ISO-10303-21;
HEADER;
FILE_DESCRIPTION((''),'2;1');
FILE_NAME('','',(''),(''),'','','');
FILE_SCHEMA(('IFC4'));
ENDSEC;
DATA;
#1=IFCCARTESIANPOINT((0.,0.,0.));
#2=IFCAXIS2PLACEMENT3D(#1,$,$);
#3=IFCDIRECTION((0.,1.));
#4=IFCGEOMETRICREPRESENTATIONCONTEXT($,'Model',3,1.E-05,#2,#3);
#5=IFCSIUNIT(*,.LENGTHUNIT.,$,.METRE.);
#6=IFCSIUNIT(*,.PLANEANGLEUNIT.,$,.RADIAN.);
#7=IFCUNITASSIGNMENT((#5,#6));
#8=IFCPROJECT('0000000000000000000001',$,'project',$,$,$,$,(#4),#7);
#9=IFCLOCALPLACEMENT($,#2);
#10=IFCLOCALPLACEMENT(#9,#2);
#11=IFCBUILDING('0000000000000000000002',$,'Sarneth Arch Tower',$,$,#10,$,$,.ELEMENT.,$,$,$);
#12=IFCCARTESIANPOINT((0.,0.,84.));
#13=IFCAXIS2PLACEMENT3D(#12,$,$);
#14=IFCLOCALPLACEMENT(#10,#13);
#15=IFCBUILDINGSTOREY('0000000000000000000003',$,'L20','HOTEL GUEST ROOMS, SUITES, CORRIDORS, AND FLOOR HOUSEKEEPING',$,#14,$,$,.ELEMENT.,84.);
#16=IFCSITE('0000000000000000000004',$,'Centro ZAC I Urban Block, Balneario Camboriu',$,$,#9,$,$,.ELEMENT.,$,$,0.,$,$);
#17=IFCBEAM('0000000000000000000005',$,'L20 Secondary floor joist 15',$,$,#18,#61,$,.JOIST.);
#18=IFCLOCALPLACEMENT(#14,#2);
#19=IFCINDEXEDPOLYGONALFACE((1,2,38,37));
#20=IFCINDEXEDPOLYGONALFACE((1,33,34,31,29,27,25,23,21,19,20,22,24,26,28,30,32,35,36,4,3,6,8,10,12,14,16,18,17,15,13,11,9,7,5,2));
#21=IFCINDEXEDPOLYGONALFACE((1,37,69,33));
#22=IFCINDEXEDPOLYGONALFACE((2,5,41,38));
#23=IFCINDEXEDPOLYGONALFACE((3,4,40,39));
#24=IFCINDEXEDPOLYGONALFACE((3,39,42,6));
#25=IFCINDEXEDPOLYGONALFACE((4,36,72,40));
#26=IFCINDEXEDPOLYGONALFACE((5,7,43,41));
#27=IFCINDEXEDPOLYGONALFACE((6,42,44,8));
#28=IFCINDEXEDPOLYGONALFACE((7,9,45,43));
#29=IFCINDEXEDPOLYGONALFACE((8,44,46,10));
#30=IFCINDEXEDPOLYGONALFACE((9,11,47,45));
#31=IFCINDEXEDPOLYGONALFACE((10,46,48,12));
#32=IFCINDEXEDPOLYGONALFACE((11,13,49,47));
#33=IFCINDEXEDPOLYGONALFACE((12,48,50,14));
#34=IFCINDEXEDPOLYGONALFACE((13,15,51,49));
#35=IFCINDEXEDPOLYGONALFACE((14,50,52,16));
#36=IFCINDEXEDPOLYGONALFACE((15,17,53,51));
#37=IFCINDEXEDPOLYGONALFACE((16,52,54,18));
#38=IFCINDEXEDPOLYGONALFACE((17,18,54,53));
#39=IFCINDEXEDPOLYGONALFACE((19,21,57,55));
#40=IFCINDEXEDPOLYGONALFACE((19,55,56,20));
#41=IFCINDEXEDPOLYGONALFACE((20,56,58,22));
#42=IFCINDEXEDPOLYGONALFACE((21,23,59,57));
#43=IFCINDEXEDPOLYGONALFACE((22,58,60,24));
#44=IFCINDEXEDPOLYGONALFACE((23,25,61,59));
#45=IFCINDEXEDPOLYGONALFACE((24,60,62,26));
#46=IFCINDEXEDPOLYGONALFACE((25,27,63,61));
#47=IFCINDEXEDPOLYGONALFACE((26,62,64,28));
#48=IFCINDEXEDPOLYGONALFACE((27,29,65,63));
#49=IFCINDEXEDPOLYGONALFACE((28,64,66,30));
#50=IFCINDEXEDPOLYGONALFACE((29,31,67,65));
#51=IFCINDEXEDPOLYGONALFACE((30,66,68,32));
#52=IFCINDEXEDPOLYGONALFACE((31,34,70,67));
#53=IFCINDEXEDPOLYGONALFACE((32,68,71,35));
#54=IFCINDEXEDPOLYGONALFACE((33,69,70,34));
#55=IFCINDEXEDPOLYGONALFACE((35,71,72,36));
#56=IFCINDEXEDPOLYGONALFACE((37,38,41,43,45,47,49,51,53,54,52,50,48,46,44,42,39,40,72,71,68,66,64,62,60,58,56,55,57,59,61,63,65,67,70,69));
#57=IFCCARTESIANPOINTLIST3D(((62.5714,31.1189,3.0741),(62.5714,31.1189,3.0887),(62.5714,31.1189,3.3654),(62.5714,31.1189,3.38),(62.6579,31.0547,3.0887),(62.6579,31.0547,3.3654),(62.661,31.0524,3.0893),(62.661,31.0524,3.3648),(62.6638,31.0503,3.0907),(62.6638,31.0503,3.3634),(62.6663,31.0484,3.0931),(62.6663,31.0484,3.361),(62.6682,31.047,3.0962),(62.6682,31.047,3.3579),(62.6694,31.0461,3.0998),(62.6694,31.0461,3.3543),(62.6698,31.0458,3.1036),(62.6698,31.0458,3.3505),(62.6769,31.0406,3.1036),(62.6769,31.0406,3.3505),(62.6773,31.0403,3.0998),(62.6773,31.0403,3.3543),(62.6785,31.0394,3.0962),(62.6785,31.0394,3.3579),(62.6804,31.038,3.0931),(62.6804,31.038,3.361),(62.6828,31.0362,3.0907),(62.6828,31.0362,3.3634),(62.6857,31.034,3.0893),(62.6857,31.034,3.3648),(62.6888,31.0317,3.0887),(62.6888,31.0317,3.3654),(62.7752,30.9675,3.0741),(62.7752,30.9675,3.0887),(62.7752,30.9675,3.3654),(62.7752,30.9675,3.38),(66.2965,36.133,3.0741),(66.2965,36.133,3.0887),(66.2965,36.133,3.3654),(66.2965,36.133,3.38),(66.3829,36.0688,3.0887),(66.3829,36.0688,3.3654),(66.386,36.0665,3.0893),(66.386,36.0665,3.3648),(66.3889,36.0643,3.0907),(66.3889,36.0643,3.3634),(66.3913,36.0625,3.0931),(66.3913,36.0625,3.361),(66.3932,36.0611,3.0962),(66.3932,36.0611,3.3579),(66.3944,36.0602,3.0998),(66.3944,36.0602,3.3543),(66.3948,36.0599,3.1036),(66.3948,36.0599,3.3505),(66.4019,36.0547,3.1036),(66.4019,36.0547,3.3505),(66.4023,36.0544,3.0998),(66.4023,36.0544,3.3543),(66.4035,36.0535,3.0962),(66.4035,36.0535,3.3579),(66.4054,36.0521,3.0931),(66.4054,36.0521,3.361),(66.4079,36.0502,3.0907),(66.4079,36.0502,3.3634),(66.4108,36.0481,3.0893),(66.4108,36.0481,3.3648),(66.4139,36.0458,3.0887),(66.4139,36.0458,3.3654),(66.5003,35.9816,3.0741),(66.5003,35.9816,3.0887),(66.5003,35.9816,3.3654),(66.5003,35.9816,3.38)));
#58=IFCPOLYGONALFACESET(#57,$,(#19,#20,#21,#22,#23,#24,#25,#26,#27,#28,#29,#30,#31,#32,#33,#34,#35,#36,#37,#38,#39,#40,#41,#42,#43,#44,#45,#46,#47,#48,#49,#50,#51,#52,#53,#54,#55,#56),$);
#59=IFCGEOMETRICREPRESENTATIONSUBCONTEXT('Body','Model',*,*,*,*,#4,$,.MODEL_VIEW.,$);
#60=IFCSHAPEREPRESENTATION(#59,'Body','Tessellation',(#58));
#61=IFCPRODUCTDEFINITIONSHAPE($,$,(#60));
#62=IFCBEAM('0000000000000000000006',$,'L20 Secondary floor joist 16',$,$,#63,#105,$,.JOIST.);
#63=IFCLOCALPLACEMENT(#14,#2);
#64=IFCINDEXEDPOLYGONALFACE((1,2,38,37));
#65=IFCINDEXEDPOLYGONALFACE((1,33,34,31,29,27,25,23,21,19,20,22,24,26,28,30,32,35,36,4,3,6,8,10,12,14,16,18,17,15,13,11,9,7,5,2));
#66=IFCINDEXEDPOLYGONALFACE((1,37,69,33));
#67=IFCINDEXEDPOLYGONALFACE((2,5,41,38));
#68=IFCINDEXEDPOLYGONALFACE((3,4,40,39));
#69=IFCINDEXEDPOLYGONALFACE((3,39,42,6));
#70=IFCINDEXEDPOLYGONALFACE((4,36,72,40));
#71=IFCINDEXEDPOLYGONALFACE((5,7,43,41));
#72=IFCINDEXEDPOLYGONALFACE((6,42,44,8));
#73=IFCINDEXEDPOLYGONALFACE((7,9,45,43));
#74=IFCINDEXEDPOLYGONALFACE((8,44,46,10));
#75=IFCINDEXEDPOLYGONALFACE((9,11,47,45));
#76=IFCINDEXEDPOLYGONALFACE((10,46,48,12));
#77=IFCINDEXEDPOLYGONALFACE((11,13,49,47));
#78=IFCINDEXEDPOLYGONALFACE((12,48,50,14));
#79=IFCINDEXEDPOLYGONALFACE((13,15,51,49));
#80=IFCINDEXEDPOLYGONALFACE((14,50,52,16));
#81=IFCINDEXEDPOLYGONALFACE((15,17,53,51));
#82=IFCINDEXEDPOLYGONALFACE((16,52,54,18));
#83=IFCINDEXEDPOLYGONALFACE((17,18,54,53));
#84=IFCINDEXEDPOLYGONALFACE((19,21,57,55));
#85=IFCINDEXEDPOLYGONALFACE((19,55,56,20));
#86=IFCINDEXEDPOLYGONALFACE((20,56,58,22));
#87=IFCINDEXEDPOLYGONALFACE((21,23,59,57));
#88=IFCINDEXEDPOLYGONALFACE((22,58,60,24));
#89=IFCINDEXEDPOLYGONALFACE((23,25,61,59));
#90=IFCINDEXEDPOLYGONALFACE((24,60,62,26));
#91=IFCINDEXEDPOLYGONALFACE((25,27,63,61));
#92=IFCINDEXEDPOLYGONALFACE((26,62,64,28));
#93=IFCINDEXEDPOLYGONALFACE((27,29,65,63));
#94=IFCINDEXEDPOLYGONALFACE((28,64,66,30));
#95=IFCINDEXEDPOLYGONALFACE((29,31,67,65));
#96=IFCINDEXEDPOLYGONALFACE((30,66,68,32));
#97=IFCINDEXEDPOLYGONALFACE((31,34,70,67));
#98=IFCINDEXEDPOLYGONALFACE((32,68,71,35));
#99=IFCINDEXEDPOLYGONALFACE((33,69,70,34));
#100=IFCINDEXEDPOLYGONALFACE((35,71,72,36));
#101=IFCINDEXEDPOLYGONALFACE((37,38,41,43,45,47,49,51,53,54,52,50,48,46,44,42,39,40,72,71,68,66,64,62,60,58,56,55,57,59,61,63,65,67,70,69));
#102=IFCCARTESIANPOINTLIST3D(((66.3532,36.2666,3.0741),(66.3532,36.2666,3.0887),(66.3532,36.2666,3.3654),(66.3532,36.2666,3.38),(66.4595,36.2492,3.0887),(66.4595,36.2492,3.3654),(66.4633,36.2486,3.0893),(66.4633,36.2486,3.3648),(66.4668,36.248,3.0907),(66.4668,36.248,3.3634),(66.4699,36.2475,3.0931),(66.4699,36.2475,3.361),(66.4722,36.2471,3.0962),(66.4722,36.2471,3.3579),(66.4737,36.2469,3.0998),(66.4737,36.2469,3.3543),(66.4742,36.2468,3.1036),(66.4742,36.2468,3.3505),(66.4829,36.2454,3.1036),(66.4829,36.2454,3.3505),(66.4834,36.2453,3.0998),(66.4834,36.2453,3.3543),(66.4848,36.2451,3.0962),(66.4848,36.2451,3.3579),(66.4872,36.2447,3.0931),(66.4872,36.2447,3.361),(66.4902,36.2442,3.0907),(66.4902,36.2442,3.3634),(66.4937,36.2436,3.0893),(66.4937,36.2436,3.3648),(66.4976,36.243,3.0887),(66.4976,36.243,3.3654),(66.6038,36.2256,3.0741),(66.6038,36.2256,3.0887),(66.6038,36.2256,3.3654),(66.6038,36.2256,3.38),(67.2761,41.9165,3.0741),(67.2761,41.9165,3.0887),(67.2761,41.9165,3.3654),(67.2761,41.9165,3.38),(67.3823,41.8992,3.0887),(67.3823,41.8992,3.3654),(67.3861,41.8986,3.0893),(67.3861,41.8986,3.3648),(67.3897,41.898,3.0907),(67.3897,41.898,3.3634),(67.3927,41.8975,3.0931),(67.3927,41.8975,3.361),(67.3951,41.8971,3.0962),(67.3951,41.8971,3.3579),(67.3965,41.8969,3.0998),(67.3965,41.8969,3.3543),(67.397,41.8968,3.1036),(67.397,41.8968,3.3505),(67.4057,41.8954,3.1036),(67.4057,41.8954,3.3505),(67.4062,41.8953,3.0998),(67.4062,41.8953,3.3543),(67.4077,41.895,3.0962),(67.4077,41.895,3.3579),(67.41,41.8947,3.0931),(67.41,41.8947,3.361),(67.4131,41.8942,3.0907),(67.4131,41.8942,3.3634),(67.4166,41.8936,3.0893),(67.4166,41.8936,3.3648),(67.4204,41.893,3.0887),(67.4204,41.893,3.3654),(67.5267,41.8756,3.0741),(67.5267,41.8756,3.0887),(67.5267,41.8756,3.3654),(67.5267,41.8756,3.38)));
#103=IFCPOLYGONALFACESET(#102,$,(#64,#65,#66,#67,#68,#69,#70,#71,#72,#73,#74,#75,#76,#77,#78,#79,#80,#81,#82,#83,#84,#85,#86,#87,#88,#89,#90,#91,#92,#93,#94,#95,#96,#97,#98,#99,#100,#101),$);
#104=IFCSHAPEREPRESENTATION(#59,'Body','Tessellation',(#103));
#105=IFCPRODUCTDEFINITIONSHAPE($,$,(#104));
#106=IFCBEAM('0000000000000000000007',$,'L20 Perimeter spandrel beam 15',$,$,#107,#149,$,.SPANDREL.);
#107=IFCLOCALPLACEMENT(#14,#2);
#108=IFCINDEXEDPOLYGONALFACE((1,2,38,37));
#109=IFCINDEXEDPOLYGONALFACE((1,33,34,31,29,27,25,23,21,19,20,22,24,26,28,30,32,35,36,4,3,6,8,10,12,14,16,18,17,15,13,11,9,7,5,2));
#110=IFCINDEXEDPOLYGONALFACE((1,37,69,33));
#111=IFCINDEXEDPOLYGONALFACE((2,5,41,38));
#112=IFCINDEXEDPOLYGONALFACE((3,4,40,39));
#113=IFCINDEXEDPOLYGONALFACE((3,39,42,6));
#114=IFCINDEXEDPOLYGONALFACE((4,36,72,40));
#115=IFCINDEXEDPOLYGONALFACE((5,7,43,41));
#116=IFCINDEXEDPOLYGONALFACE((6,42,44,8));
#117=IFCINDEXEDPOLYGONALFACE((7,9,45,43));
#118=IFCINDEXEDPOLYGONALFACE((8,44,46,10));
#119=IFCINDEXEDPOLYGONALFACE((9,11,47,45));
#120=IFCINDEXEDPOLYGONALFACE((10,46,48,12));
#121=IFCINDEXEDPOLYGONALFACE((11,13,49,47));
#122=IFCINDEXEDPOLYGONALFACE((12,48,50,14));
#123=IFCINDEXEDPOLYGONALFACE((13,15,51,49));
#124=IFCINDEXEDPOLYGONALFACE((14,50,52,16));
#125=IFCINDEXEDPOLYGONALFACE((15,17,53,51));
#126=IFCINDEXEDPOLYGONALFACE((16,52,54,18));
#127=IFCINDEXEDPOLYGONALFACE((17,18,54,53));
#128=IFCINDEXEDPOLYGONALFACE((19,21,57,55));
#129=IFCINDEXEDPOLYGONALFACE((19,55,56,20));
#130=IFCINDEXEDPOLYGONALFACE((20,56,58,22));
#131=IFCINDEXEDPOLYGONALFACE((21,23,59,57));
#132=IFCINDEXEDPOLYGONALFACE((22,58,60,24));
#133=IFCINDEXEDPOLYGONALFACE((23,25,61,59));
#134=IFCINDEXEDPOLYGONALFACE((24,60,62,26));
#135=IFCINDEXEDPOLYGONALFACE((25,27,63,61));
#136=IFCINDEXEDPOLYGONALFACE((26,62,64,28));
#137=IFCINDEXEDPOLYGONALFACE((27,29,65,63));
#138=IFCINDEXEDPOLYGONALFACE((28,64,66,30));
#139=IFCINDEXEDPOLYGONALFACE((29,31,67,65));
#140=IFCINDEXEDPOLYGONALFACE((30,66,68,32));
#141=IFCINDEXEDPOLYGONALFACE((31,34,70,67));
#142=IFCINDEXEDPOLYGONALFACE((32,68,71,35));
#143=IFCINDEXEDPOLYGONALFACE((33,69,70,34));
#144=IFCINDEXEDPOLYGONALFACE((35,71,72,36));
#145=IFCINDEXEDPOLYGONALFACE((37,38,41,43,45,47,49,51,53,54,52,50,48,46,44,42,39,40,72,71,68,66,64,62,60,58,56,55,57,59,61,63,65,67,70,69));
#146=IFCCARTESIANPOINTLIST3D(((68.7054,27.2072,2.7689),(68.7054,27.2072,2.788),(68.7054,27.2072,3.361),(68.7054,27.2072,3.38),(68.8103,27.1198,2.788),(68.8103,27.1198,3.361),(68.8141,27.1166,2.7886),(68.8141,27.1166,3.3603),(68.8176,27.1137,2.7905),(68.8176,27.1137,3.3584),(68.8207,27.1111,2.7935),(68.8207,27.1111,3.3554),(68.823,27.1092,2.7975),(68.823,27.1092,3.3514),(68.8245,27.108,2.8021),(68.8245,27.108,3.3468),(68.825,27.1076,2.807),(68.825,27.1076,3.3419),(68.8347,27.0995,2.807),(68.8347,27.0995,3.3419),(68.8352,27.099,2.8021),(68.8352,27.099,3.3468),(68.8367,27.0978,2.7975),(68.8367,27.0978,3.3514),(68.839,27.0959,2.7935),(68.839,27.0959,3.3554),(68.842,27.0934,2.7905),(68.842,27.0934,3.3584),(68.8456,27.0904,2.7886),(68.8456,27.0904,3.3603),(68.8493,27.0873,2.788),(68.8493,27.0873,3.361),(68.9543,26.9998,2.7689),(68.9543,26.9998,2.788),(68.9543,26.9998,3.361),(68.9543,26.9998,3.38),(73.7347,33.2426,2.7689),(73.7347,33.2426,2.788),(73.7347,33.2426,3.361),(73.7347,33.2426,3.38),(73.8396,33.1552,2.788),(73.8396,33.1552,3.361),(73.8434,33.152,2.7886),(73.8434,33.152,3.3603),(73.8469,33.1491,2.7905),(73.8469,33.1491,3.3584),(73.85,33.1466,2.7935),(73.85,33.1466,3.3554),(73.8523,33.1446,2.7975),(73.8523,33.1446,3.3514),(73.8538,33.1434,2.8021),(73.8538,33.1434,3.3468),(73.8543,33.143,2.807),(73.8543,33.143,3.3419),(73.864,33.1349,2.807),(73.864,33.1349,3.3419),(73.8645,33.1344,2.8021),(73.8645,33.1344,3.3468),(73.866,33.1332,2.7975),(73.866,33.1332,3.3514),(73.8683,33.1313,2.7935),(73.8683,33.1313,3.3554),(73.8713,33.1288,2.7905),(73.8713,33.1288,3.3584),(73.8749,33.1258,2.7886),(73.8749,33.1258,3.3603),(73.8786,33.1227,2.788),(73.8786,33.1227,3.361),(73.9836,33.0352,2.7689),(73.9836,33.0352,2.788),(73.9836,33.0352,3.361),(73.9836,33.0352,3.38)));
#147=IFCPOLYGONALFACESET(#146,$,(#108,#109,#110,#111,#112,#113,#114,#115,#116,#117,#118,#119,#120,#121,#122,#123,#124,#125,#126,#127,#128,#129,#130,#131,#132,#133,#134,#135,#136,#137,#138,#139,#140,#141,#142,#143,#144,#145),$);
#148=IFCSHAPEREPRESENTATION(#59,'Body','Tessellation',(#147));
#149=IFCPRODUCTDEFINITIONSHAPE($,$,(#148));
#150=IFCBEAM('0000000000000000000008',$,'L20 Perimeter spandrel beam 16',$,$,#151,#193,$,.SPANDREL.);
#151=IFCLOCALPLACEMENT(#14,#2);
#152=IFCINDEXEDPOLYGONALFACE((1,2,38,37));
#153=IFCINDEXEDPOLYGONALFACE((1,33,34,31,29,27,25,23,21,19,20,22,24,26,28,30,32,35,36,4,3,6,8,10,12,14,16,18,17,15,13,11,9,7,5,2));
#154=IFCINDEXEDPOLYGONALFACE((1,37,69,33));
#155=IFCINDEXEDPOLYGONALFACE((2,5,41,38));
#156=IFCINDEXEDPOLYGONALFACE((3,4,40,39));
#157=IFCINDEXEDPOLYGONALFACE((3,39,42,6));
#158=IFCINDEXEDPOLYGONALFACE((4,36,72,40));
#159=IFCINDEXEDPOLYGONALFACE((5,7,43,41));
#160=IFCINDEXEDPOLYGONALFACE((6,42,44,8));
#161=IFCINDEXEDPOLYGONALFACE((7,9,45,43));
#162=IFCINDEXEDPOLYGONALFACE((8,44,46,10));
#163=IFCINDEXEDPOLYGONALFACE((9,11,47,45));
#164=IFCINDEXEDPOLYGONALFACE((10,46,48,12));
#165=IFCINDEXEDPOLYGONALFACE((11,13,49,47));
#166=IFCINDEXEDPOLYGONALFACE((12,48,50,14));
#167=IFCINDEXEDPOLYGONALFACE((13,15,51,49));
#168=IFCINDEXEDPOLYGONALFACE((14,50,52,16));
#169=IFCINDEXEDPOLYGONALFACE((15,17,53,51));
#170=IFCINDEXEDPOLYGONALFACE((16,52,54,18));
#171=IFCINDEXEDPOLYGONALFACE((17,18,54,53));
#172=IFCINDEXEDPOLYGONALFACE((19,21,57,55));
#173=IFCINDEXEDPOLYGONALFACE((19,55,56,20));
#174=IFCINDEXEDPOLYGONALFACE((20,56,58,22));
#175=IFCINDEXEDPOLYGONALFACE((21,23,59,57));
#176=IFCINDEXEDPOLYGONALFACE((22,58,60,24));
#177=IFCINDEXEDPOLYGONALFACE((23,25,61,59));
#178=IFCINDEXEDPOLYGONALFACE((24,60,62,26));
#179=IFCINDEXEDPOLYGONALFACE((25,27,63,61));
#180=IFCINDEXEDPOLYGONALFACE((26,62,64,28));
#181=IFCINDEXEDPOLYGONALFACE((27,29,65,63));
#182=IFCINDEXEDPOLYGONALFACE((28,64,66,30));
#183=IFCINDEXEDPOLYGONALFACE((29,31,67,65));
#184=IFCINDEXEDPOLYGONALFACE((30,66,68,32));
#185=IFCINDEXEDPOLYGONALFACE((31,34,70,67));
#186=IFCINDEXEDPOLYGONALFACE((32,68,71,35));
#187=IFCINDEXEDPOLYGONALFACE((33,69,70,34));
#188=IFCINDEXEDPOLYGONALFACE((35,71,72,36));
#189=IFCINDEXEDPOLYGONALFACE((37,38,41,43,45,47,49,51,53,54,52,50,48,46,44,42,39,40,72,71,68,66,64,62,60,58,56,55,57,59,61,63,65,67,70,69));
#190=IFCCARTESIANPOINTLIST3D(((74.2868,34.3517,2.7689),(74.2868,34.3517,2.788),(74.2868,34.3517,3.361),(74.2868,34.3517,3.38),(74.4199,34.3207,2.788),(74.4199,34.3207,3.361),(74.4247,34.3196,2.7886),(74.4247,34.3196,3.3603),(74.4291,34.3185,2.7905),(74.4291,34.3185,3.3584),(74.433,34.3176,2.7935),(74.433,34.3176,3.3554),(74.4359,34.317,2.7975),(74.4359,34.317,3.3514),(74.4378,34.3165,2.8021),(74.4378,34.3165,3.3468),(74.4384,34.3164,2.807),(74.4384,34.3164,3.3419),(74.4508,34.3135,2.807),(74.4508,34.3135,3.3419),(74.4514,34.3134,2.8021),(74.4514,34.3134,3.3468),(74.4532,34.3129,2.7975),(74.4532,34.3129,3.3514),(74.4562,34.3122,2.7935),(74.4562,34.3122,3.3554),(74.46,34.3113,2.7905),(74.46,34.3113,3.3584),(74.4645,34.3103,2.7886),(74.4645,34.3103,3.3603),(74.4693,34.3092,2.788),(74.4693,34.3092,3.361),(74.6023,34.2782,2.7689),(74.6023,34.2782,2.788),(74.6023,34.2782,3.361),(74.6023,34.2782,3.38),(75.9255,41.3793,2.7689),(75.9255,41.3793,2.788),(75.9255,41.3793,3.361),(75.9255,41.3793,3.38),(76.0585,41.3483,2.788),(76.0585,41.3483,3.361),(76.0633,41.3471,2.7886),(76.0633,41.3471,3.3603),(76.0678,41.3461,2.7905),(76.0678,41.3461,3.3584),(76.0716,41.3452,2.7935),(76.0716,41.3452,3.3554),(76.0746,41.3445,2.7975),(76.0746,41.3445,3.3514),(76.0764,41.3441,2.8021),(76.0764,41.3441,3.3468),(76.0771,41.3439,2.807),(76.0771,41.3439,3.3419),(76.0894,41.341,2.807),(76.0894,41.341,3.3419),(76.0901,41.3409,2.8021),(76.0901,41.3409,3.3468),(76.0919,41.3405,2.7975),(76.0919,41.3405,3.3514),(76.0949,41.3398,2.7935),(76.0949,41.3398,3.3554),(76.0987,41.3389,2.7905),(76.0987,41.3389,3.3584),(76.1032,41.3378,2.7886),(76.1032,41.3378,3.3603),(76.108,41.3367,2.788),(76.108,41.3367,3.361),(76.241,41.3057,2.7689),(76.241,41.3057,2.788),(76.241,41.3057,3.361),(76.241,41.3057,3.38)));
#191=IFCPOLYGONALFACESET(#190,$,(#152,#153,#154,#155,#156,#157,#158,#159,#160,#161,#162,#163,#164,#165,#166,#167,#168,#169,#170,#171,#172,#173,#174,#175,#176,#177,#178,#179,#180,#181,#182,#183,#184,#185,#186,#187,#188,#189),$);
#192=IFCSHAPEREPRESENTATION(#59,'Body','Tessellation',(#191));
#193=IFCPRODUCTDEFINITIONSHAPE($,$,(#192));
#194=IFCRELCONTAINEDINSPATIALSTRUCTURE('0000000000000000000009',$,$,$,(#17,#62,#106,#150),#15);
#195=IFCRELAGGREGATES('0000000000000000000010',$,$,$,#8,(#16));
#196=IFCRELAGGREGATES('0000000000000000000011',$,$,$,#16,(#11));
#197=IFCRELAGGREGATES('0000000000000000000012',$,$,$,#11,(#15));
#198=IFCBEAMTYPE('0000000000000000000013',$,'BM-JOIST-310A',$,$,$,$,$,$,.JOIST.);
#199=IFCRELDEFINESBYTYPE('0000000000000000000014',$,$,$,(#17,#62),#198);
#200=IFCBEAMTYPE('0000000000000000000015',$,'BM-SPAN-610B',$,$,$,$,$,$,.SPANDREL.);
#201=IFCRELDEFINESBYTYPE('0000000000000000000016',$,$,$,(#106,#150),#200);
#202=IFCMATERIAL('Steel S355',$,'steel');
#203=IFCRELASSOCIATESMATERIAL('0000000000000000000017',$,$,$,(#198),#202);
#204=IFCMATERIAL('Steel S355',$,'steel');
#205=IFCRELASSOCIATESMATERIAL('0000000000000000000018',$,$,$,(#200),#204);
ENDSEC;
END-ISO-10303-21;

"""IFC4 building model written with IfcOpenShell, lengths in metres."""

from ifc_helpers import new_model, si_unit, direction, frame, origin, origin_2d, place, context, subcontext, project, spatial, i_section, extrude, material, material_profile, profile_set, type_object, element, save


model = new_model("IFC4")

# Units and contexts
model_context = context("Model", 3, precision=1e-05, world=origin(), true_north=direction((0.0, 1.0)))
body_context = subcontext(model_context, "Body", "Model", "MODEL_VIEW")
ifc_project = project(units=[si_unit("LENGTHUNIT", "METRE"), si_unit("PLANEANGLEUNIT", "RADIAN")], contexts=[model_context])

# Site, building, storey
site_placement = place(None, origin())
site = spatial("IfcSite", under=ifc_project, at=site_placement, Name="Centro ZAC I Urban Block, Balneario Camboriu", CompositionType="ELEMENT", RefElevation=0.0)
building_placement = place(site_placement, origin())
building = spatial("IfcBuilding", under=site, at=building_placement, Name="Sarneth Arch Tower", CompositionType="ELEMENT")
storey_placement = place(building_placement, frame((0.0, 0.0, 84.0)))
storey = spatial("IfcBuildingStorey", under=building, at=storey_placement, Name="L20", Description="HOTEL GUEST ROOMS, SUITES, CORRIDORS, AND FLOOR HOUSEKEEPING", CompositionType="ELEMENT", Elevation=84.0)

# Beams
ifc_material_1 = material(Name="Steel S355", Category="steel")
ifc_material_profile_1 = material_profile(ifc_material_1, i_section(OverallWidth=0.2539, OverallDepth=0.3059, WebThickness=0.0088, FlangeThickness=0.0146, FilletRadius=0.0149, at=origin_2d()), Name="W310x79")
ifc_profile_set_1 = profile_set([ifc_material_profile_1], Name="Steel S355")
beam_type_1 = type_object("IfcBeamType", Name="BM-JOIST-310A", PredefinedType="JOIST", material=ifc_profile_set_1)
beam_1_placement = place(storey_placement, frame((62.6733, 31.0432, 3.2271), z_axis=(0.596354, 0.802721, 0.0), x_axis=(-0.802721, 0.596354, 0.0)))
element("IfcBeam", 1, at=beam_1_placement, inside=storey, type_object=beam_type_1, Name="L20 Secondary floor joist 15", PredefinedType="JOIST", context=body_context, shape_type="SweptSolid", body=[
    extrude(i_section(OverallWidth=0.2539, OverallDepth=0.3059, WebThickness=0.0088, FlangeThickness=0.0146, FilletRadius=0.0149, at=origin_2d()), origin(), (0.0, 0.0, 1.0), 6.2463),
])
beam_2_placement = place(storey_placement, frame((66.4785, 36.2461, 3.2271), z_axis=(0.161203, 0.986921, 0.0), x_axis=(-0.986921, 0.161203, 0.0)))
element("IfcBeam", 2, at=beam_2_placement, inside=storey, type_object=beam_type_1, Name="L20 Secondary floor joist 16", PredefinedType="JOIST", context=body_context, shape_type="SweptSolid", body=[
    extrude(i_section(OverallWidth=0.2539, OverallDepth=0.3059, WebThickness=0.0088, FlangeThickness=0.0146, FilletRadius=0.0149, at=origin_2d()), origin(), (0.0, 0.0, 1.0), 5.7249),
])
ifc_material_2 = material(Name="Steel S355", Category="steel")
ifc_material_profile_2 = material_profile(ifc_material_2, i_section(OverallWidth=0.324, OverallDepth=0.6111, WebThickness=0.0127, FlangeThickness=0.019, FilletRadius=0.019, at=origin_2d()), Name="W610x155")
ifc_profile_set_2 = profile_set([ifc_material_profile_2], Name="Steel S355")
beam_type_2 = type_object("IfcBeamType", Name="BM-SPAN-610B", PredefinedType="SPANDREL", material=ifc_profile_set_2)
beam_3_placement = place(storey_placement, frame((68.8298, 27.1035, 3.0745), z_axis=(0.640169, 0.768234, 0.0), x_axis=(-0.768234, 0.640169, 0.0)))
element("IfcBeam", 3, at=beam_3_placement, inside=storey, type_object=beam_type_2, Name="L20 Perimeter spandrel beam 15", PredefinedType="SPANDREL", context=body_context, shape_type="SweptSolid", body=[
    extrude(i_section(OverallWidth=0.324, OverallDepth=0.6111, WebThickness=0.0127, FlangeThickness=0.019, FilletRadius=0.019, at=origin_2d()), origin(), (0.0, 0.0, 1.0), 7.8562),
])
beam_4_placement = place(storey_placement, frame((74.4446, 34.3149, 3.0745), z_axis=(0.227085, 0.973875, 0.0), x_axis=(-0.973875, 0.227085, 0.0)))
element("IfcBeam", 4, at=beam_4_placement, inside=storey, type_object=beam_type_2, Name="L20 Perimeter spandrel beam 16", PredefinedType="SPANDREL", context=body_context, shape_type="SweptSolid", body=[
    extrude(i_section(OverallWidth=0.324, OverallDepth=0.6111, WebThickness=0.0127, FlangeThickness=0.019, FilletRadius=0.019, at=origin_2d()), origin(), (0.0, 0.0, 1.0), 7.2161),
])

save(model, "model.ifc")
